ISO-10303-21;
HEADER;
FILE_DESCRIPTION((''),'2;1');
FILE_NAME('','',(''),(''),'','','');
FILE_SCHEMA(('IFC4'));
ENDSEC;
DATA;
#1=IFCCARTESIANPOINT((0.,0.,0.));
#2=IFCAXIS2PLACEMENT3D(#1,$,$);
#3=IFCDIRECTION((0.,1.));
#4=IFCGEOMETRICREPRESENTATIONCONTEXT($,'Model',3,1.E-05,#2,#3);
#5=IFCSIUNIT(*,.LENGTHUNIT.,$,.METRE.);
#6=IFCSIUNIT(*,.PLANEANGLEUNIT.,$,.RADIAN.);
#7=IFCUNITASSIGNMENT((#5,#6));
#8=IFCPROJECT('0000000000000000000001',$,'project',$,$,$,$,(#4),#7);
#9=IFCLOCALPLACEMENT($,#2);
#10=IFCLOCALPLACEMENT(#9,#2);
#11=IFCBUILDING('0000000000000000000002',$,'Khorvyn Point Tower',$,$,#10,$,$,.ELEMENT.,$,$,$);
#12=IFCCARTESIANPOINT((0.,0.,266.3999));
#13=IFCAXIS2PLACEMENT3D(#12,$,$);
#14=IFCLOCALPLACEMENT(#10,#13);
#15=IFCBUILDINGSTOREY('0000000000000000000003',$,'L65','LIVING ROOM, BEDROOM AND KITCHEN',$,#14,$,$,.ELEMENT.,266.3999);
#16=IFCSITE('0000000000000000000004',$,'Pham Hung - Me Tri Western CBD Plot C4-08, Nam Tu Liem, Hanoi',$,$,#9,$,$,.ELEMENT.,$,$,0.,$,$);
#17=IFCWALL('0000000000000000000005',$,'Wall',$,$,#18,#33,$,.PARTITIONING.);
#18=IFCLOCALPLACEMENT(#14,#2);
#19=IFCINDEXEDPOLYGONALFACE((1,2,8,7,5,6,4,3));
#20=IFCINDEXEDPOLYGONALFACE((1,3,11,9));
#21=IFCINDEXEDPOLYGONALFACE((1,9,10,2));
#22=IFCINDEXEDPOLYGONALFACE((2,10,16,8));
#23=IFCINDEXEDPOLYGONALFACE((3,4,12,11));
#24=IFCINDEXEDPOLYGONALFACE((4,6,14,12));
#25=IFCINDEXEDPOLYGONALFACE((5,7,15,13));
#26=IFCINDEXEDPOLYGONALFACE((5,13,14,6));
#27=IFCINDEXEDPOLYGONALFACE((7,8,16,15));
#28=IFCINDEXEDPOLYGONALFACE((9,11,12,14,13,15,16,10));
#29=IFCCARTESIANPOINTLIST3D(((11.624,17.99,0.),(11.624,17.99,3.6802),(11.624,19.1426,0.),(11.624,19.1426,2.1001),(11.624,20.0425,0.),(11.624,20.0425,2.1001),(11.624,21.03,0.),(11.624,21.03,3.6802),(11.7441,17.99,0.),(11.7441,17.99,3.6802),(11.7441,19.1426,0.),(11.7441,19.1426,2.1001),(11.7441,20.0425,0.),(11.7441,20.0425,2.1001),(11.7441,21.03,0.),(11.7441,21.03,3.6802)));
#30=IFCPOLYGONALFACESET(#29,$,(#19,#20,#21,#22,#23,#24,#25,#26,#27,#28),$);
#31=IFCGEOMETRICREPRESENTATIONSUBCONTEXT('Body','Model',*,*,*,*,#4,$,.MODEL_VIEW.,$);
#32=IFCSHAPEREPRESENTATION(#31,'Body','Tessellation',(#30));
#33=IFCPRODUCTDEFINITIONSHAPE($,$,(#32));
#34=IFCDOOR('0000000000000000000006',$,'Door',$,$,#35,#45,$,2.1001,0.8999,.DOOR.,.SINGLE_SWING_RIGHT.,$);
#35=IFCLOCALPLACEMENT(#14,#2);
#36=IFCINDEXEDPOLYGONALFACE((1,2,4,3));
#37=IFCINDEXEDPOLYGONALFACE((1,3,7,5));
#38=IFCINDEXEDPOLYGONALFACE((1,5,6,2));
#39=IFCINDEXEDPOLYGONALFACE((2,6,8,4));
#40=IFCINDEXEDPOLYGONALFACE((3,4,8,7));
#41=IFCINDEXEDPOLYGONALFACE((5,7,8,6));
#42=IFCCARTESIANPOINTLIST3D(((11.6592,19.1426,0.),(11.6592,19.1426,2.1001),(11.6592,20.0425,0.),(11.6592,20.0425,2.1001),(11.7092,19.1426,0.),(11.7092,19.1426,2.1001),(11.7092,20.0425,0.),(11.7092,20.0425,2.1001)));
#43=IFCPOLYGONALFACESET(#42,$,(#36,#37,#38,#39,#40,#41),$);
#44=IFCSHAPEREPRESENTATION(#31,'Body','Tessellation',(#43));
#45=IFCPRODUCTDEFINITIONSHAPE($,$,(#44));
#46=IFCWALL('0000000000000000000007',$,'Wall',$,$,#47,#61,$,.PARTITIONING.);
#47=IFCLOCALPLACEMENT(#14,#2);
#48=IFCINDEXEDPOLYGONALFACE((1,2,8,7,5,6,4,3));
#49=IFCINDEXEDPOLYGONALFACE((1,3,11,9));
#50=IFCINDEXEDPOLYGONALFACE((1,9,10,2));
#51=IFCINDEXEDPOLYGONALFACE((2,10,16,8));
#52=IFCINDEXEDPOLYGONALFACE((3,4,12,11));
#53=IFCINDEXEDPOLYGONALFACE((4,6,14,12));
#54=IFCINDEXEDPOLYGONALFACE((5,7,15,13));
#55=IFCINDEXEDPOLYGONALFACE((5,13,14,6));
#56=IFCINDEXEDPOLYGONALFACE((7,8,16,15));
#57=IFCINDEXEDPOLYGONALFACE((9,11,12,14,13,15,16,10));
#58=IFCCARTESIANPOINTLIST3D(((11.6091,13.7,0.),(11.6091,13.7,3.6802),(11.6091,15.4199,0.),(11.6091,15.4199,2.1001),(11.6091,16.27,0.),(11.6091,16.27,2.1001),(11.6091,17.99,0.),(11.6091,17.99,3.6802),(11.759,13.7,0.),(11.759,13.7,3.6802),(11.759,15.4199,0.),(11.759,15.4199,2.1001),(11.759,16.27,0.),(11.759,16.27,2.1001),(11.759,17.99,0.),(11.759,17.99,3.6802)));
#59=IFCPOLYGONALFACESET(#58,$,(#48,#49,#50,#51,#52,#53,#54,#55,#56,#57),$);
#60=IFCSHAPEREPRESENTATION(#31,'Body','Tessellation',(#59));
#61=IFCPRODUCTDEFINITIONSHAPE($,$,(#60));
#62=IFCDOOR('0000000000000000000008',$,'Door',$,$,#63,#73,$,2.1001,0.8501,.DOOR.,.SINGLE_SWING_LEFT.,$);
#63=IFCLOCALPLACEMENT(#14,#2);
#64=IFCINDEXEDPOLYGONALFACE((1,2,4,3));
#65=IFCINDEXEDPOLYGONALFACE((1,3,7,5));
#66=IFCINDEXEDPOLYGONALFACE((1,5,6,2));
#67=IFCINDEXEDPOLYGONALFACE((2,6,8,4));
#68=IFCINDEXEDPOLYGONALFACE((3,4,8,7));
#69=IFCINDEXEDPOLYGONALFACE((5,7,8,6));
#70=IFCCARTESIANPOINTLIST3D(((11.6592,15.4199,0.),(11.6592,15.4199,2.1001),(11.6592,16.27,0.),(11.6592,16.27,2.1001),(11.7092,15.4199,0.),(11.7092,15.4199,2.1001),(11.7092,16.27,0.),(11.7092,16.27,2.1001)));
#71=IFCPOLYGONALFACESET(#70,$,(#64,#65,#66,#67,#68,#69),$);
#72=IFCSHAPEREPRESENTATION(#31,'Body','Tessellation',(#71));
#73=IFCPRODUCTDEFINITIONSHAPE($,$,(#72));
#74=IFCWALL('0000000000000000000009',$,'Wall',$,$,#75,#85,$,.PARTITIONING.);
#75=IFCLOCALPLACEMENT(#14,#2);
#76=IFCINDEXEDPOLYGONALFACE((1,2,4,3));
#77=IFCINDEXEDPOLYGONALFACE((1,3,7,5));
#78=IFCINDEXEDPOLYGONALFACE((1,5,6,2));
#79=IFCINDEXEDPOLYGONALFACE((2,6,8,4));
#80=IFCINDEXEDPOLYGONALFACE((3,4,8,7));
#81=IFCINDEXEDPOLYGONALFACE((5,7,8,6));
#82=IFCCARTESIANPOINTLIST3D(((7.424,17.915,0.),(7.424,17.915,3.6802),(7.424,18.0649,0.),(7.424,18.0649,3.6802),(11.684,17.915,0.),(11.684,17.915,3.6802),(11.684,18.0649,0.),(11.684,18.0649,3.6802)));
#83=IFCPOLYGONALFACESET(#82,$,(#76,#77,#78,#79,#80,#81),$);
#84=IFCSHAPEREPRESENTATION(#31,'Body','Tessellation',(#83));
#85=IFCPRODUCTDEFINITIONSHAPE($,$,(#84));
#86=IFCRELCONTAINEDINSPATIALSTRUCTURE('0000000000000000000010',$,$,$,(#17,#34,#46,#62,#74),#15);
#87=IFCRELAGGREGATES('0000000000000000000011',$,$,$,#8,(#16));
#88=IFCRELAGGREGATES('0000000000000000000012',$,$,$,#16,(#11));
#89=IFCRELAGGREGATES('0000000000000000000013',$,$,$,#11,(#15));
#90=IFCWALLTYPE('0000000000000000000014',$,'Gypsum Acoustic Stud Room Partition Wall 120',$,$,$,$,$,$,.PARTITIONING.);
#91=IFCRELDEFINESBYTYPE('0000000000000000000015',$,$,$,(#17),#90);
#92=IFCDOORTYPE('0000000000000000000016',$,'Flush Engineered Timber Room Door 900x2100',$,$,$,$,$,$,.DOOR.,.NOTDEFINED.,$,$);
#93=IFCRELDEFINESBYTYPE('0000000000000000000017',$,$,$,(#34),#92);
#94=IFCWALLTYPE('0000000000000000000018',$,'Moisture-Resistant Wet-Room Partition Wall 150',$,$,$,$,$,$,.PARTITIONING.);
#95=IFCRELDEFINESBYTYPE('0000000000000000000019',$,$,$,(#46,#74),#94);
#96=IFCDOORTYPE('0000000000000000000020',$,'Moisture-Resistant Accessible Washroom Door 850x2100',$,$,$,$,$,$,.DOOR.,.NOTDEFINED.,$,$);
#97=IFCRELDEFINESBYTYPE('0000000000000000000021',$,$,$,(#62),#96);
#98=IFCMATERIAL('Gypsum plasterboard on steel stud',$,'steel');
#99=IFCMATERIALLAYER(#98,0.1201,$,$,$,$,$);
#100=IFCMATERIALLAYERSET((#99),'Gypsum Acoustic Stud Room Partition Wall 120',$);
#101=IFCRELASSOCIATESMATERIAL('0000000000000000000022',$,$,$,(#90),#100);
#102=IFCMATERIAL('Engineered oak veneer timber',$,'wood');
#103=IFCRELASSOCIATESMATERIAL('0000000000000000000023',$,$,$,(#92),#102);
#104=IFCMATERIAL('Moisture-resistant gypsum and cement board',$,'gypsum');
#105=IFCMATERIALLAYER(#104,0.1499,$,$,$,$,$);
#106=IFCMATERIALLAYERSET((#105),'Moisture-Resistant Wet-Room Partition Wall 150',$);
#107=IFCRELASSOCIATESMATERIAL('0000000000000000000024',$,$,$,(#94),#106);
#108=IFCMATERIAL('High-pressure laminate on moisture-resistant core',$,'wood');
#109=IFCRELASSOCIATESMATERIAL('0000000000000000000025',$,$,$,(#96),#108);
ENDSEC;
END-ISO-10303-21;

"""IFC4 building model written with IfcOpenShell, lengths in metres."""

from ifc_helpers import new_model, si_unit, direction, frame, frame_2d, origin, place, context, subcontext, project, spatial, rectangle, extrude, material, layer, layer_set, type_object, element, fill, save


model = new_model("IFC4")

# Units and contexts
model_context = context("Model", 3, precision=1e-05, world=origin(), true_north=direction((0.0, 1.0)))
body_context = subcontext(model_context, "Body", "Model", "MODEL_VIEW")
ifc_project = project(units=[si_unit("LENGTHUNIT", "METRE"), si_unit("PLANEANGLEUNIT", "RADIAN")], contexts=[model_context])

# Site, building, storey
site_placement = place(None, origin())
site = spatial("IfcSite", under=ifc_project, at=site_placement, Name="Pham Hung - Me Tri Western CBD Plot C4-08, Nam Tu Liem, Hanoi", CompositionType="ELEMENT", RefElevation=0.0)
building_placement = place(site_placement, origin())
building = spatial("IfcBuilding", under=site, at=building_placement, Name="Khorvyn Point Tower", CompositionType="ELEMENT")
storey_placement = place(building_placement, frame((0.0, 0.0, 266.3999)))
storey = spatial("IfcBuildingStorey", under=building, at=storey_placement, Name="L65", Description="LIVING ROOM, BEDROOM AND KITCHEN", CompositionType="ELEMENT", Elevation=266.3999)

# Walls, openings, doors
ifc_material_1 = material(Name="Gypsum plasterboard on steel stud", Category="steel")
ifc_layer_1 = layer(ifc_material_1, 0.1201)
ifc_layer_set_1 = layer_set([ifc_layer_1], Name="Gypsum Acoustic Stud Room Partition Wall 120")
wall_type_1 = type_object("IfcWallType", Name="Gypsum Acoustic Stud Room Partition Wall 120", PredefinedType="PARTITIONING", material=ifc_layer_set_1)
wall_1_placement = place(storey_placement, frame((11.6841, 17.99, 0.0), z_axis=(0.0, 0.0, 1.0), x_axis=(0.0, 1.0, 0.0)))
wall_1 = element("IfcWall", 1, at=wall_1_placement, inside=storey, type_object=wall_type_1, Name="Wall", PredefinedType="PARTITIONING", context=body_context, shape_type="SweptSolid", body=[
    extrude(rectangle(XDim=3.04, YDim=0.1201, at=frame_2d((1.52, 0.0))), origin(), (0.0, 0.0, 1.0), 3.6802),
])
opening_1_placement = place(wall_1_placement, frame((1.1526, 0.0, 0.0)))
opening_1 = element("IfcOpeningElement", 2, at=opening_1_placement, cuts=wall_1, PredefinedType="OPENING", context=body_context, shape_type="SweptSolid", body=[
    extrude(rectangle(XDim=0.8999, YDim=2.1001, at=frame_2d((0.45, 1.05))), frame((0.0, 0.0701, 0.0), z_axis=(0.0, -1.0, 0.0), x_axis=(1.0, 0.0, 0.0)), (0.0, 0.0, 1.0), 0.1401),
])
ifc_material_2 = material(Name="Engineered oak veneer timber", Category="wood")
door_type_1 = type_object("IfcDoorType", Name="Flush Engineered Timber Room Door 900x2100", OperationType="NOTDEFINED", PredefinedType="DOOR", material=ifc_material_2)
door_1_placement = place(opening_1_placement, origin())
door_1 = element("IfcDoor", 3, at=door_1_placement, inside=storey, type_object=door_type_1, Name="Door", OperationType="SINGLE_SWING_RIGHT", OverallHeight=2.1001, OverallWidth=0.8999, PredefinedType="DOOR", context=body_context, shape_type="SweptSolid", body=[
    extrude(rectangle(XDim=0.8999, YDim=2.1001, at=frame_2d((0.45, 1.05))), frame((0.0, 0.0249, 0.0), z_axis=(0.0, -1.0, 0.0), x_axis=(1.0, 0.0, 0.0)), (0.0, 0.0, 1.0), 0.05),
])
fill(opening_1, door_1)
ifc_material_3 = material(Name="Moisture-resistant gypsum and cement board", Category="gypsum")
ifc_layer_2 = layer(ifc_material_3, 0.1499)
ifc_layer_set_2 = layer_set([ifc_layer_2], Name="Moisture-Resistant Wet-Room Partition Wall 150")
wall_type_2 = type_object("IfcWallType", Name="Moisture-Resistant Wet-Room Partition Wall 150", PredefinedType="PARTITIONING", material=ifc_layer_set_2)
wall_2_placement = place(storey_placement, frame((11.6841, 13.7, 0.0), z_axis=(0.0, 0.0, 1.0), x_axis=(0.0, 1.0, 0.0)))
wall_2 = element("IfcWall", 4, at=wall_2_placement, inside=storey, type_object=wall_type_2, Name="Wall", PredefinedType="PARTITIONING", context=body_context, shape_type="SweptSolid", body=[
    extrude(rectangle(XDim=4.29, YDim=0.1499, at=frame_2d((2.145, 0.0))), origin(), (0.0, 0.0, 1.0), 3.6802),
])
opening_2_placement = place(wall_2_placement, frame((1.72, 0.0, 0.0)))
opening_2 = element("IfcOpeningElement", 5, at=opening_2_placement, cuts=wall_2, PredefinedType="OPENING", context=body_context, shape_type="SweptSolid", body=[
    extrude(rectangle(XDim=0.8501, YDim=2.1001, at=frame_2d((0.425, 1.05))), frame((0.0, 0.085, 0.0), z_axis=(0.0, -1.0, 0.0), x_axis=(1.0, 0.0, 0.0)), (0.0, 0.0, 1.0), 0.1699),
])
ifc_material_4 = material(Name="High-pressure laminate on moisture-resistant core", Category="wood")
door_type_2 = type_object("IfcDoorType", Name="Moisture-Resistant Accessible Washroom Door 850x2100", OperationType="NOTDEFINED", PredefinedType="DOOR", material=ifc_material_4)
door_2_placement = place(opening_2_placement, origin())
door_2 = element("IfcDoor", 6, at=door_2_placement, inside=storey, type_object=door_type_2, Name="Door", OperationType="SINGLE_SWING_LEFT", OverallHeight=2.1001, OverallWidth=0.8501, PredefinedType="DOOR", context=body_context, shape_type="SweptSolid", body=[
    extrude(rectangle(XDim=0.8501, YDim=2.1001, at=frame_2d((0.425, 1.05))), frame((0.0, 0.0249, 0.0), z_axis=(0.0, -1.0, 0.0), x_axis=(1.0, 0.0, 0.0)), (0.0, 0.0, 1.0), 0.05),
])
fill(opening_2, door_2)

# Wall
wall_3_placement = place(storey_placement, frame((7.4241, 17.99, 0.0), z_axis=(0.0, 0.0, 1.0), x_axis=(1.0, 0.0, 0.0)))
element("IfcWall", 7, at=wall_3_placement, inside=storey, type_object=wall_type_2, Name="Wall", PredefinedType="PARTITIONING", context=body_context, shape_type="SweptSolid", body=[
    extrude(rectangle(XDim=4.26, YDim=0.1499, at=frame_2d((2.1299, 0.0))), origin(), (0.0, 0.0, 1.0), 3.6802),
])

save(model, "model.ifc")
